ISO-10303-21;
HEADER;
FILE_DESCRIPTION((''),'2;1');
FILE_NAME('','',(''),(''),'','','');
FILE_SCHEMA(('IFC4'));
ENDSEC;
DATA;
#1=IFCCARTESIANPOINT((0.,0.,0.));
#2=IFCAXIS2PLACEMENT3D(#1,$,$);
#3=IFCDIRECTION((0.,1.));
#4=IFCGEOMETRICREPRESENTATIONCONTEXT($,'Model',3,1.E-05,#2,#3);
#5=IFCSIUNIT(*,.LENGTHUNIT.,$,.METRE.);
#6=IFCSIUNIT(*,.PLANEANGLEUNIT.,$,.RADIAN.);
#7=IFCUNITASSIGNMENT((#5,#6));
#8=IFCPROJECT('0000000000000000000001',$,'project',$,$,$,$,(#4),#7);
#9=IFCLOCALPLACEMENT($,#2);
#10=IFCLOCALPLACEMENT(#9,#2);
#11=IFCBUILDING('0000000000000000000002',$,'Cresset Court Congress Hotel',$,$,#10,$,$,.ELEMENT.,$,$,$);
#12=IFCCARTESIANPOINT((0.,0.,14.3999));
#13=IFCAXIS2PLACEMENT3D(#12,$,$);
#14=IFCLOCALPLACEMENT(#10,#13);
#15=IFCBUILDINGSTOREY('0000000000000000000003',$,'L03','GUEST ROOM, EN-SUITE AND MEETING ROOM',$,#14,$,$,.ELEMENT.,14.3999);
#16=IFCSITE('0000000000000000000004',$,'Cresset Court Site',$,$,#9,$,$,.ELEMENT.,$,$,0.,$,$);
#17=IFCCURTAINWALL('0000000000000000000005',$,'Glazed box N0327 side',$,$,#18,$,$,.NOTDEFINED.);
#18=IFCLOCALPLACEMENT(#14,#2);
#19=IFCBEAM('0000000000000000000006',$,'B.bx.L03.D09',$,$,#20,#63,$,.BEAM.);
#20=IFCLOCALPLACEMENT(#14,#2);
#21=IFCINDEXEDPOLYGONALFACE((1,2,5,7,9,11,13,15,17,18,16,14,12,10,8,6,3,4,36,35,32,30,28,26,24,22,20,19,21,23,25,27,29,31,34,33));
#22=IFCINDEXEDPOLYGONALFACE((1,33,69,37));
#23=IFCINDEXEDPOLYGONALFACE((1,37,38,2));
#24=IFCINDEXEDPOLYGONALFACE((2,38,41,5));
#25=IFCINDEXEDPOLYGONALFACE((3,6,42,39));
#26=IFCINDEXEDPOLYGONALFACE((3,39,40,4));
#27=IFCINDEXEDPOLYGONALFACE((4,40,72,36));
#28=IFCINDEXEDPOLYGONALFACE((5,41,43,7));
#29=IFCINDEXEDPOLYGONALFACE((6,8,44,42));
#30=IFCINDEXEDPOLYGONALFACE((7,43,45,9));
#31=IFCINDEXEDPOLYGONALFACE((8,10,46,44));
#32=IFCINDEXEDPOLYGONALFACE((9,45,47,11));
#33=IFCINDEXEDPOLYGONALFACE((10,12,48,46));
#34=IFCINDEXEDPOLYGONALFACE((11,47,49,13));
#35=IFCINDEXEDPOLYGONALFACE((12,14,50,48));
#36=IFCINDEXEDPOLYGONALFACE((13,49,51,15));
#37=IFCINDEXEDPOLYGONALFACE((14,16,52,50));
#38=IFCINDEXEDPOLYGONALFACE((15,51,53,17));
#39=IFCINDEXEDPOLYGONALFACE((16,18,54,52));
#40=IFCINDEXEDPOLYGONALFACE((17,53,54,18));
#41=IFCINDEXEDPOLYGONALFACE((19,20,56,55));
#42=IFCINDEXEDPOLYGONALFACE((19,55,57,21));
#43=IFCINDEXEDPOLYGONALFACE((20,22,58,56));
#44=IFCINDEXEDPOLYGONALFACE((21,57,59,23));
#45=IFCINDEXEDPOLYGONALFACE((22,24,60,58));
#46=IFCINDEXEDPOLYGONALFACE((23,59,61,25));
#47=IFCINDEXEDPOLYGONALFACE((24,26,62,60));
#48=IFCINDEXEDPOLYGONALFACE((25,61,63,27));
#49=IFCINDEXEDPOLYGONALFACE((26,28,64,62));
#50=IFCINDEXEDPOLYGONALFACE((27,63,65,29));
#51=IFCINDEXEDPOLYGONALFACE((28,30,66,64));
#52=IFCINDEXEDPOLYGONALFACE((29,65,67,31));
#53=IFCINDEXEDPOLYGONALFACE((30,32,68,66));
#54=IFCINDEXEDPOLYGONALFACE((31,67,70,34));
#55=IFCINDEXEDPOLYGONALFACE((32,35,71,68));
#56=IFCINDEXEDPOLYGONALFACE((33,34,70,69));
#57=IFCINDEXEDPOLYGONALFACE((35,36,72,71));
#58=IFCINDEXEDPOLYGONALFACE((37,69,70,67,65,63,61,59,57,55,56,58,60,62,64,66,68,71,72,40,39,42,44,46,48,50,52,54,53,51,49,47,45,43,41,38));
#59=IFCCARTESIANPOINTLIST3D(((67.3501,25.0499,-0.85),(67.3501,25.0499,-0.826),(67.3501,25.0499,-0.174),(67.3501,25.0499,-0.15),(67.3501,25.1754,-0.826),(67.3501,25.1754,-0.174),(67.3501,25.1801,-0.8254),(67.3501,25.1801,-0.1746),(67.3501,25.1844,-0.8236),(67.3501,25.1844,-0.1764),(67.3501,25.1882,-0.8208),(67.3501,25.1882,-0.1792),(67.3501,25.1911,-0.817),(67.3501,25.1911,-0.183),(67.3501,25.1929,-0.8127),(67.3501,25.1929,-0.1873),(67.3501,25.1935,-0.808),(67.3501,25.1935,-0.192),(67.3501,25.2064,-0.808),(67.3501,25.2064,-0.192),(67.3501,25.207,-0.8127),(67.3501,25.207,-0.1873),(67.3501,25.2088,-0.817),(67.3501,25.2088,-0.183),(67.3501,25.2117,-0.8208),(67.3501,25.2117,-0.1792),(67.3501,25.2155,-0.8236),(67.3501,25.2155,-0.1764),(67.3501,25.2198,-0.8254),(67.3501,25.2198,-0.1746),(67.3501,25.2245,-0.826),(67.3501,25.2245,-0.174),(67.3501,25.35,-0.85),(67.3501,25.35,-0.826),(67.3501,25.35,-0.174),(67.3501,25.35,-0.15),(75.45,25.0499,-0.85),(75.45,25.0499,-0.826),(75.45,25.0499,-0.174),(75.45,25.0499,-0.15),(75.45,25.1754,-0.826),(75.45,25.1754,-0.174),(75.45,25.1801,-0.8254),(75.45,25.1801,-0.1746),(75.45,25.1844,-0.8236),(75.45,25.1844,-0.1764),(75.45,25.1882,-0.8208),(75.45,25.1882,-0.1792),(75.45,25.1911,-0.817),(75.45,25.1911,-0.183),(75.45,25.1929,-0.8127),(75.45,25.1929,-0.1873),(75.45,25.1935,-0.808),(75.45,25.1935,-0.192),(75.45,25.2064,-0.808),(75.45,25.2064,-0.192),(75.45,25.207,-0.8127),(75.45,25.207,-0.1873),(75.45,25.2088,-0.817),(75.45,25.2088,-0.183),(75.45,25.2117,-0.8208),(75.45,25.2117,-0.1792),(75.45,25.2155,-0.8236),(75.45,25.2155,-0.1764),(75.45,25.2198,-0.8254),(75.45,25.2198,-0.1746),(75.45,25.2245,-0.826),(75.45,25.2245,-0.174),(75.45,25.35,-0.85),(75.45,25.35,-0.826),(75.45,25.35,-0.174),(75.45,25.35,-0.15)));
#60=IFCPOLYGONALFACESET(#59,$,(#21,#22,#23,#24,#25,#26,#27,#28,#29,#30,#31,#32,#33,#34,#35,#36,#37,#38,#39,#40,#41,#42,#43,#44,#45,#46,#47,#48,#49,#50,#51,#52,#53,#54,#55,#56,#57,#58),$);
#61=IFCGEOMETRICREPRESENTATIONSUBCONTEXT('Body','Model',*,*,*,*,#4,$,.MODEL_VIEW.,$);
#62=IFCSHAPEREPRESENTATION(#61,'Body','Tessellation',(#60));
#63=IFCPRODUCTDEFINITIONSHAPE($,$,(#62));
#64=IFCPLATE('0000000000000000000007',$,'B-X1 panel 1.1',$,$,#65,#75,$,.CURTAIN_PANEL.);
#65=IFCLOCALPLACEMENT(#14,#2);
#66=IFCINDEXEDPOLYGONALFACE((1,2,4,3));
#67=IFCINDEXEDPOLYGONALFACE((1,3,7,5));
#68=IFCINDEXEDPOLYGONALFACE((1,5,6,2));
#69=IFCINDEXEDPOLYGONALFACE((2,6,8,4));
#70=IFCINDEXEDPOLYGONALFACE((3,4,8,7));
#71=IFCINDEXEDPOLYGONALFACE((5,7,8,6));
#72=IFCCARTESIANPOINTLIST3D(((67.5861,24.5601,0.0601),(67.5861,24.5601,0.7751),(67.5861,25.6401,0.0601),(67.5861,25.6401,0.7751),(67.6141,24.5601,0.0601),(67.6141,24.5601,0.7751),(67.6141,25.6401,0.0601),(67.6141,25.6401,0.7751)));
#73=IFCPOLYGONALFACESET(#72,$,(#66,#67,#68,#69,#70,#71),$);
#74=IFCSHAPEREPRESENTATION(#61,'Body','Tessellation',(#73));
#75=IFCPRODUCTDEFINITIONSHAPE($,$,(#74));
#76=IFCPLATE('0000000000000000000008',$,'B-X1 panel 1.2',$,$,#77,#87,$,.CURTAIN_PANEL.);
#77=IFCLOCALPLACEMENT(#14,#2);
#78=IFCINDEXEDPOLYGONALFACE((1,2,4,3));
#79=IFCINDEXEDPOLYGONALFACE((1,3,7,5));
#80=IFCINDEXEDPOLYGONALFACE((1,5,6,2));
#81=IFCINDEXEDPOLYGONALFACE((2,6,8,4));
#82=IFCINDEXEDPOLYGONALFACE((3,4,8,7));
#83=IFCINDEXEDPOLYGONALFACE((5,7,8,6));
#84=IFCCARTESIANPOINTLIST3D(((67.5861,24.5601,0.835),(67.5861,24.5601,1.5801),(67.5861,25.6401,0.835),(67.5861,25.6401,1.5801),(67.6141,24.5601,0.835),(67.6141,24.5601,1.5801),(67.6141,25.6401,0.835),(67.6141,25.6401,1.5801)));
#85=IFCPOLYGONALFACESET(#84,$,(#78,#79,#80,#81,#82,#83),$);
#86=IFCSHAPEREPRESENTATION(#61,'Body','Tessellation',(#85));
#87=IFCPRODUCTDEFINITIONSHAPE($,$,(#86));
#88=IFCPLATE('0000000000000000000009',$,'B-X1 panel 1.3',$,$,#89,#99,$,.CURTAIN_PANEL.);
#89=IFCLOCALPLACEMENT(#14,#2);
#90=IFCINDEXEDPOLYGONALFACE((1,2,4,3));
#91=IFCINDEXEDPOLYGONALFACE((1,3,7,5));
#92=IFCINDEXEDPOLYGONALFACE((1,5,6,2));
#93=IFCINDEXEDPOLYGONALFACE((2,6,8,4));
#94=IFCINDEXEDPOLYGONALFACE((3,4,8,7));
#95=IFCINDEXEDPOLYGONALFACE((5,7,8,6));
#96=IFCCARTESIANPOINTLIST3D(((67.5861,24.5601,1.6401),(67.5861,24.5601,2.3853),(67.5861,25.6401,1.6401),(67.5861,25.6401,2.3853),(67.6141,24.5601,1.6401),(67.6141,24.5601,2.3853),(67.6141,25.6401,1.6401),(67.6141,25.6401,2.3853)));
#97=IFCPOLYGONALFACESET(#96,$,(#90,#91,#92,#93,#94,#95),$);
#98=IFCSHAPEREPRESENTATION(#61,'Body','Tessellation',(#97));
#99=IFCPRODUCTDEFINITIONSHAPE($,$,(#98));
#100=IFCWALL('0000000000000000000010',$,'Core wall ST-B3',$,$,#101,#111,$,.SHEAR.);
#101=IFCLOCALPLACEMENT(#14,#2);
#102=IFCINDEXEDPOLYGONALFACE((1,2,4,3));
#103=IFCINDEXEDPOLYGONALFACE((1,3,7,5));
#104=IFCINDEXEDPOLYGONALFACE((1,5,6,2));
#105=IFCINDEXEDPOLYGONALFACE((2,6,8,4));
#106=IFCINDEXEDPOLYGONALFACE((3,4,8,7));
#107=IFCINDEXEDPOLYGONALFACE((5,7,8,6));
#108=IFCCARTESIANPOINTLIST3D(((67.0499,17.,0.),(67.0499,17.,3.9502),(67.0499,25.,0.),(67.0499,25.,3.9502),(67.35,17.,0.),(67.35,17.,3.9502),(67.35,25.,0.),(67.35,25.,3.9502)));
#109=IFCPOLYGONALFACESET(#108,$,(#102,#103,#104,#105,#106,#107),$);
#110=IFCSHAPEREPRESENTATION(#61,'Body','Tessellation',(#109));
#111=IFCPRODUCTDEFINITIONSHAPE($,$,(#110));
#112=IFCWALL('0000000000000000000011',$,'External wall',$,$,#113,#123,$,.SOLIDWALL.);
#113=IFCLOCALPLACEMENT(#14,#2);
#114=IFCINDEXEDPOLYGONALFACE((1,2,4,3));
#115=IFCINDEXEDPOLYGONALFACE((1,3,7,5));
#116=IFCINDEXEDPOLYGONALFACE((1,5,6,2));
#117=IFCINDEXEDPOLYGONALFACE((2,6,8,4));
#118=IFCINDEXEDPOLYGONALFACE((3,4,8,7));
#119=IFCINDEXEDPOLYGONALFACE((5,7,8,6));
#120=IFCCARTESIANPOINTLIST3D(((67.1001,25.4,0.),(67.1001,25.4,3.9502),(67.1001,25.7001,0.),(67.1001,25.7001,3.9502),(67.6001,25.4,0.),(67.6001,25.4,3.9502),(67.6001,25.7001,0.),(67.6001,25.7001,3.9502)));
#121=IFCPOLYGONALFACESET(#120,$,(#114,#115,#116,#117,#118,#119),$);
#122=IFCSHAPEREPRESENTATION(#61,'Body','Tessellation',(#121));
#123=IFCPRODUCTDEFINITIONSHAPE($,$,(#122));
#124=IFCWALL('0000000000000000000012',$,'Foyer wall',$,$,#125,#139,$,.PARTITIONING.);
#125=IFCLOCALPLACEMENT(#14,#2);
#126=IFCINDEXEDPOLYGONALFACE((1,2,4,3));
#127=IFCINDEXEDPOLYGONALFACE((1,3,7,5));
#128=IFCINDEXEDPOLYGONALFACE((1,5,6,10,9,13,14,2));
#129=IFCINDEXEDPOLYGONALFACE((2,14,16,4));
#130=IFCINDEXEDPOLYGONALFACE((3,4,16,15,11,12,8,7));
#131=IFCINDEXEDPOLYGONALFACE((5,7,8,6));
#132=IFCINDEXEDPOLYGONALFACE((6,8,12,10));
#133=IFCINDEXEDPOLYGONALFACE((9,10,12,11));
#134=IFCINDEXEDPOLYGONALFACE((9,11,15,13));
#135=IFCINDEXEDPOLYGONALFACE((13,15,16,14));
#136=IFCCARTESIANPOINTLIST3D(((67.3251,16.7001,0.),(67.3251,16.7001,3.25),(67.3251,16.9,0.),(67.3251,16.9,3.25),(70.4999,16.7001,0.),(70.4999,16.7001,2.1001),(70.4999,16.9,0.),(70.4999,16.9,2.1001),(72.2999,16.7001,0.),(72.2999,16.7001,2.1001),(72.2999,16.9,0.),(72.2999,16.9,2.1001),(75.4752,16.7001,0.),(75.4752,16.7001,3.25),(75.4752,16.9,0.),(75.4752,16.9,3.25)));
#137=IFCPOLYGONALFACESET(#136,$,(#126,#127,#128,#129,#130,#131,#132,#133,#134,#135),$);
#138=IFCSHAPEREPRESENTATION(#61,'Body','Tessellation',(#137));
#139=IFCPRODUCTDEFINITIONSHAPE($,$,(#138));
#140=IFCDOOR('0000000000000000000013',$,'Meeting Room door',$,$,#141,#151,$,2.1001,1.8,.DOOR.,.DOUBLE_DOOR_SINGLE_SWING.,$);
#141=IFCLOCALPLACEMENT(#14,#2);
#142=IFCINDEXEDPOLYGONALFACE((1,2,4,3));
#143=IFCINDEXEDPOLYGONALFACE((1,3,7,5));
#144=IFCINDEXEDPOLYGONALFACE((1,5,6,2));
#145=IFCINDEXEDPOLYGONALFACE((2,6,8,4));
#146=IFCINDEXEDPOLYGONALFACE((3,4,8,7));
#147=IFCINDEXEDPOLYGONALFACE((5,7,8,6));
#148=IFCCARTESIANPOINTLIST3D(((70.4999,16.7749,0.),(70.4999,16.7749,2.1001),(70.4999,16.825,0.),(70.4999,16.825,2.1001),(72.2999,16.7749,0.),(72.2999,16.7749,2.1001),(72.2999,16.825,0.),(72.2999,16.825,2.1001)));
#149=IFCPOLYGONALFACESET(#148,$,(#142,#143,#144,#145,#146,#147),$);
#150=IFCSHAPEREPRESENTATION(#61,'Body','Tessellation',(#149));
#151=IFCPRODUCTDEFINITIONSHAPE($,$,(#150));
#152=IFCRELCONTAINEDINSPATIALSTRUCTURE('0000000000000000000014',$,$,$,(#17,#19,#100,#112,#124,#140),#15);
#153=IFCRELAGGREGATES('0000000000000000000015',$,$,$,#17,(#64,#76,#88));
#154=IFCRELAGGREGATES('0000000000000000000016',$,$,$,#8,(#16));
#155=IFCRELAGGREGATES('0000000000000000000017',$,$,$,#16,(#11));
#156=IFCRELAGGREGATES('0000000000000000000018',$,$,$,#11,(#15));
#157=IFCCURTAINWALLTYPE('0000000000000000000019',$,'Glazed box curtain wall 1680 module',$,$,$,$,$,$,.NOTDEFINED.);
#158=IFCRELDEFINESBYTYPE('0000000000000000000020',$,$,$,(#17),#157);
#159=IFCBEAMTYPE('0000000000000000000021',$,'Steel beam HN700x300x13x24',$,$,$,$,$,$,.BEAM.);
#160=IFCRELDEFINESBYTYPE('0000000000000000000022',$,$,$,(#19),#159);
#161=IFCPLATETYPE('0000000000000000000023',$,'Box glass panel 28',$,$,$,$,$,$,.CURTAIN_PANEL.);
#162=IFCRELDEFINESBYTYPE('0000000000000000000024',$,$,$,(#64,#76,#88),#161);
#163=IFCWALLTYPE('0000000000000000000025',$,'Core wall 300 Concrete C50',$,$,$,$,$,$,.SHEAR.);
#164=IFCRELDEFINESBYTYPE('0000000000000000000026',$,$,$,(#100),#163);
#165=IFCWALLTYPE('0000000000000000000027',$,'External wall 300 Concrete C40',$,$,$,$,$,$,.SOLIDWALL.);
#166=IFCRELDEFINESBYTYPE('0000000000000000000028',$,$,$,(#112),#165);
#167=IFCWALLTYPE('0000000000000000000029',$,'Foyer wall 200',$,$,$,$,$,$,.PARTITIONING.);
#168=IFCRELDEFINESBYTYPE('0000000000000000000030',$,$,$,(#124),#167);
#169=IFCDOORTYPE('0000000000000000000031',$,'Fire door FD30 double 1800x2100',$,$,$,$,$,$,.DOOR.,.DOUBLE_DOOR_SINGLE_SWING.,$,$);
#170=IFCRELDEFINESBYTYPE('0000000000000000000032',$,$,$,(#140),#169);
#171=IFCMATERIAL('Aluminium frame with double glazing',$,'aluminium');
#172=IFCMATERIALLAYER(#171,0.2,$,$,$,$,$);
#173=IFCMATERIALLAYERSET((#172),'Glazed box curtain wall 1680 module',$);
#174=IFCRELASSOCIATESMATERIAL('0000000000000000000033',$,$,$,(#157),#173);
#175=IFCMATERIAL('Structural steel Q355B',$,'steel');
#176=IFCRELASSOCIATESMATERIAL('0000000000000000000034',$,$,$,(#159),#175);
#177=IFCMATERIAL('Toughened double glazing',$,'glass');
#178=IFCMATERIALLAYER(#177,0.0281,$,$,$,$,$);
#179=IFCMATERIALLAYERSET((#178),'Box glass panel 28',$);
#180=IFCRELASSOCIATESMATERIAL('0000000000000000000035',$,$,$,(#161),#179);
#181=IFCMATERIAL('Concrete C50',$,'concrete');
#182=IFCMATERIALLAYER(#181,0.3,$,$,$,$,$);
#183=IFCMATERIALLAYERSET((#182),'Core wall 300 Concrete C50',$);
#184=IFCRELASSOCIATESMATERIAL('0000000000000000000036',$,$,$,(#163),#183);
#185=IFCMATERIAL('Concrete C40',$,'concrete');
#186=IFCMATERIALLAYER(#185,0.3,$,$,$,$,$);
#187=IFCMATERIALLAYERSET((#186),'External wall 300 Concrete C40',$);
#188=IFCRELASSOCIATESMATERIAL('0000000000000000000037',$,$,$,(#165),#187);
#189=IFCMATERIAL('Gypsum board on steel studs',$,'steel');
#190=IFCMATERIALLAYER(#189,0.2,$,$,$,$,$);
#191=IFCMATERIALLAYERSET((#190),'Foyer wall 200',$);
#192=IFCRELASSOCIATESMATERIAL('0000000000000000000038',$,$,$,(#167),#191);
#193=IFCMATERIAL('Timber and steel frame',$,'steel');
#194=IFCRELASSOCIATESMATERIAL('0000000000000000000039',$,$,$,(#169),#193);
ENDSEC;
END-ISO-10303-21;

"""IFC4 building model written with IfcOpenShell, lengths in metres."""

from ifc_helpers import new_model, si_unit, direction, frame, frame_2d, origin, origin_2d, place, context, subcontext, project, spatial, rectangle, i_section, extrude, material, layer, layer_set, material_profile, profile_set, type_object, element, fill, aggregate, save


model = new_model("IFC4")

# Units and contexts
model_context = context("Model", 3, precision=1e-05, world=origin(), true_north=direction((0.0, 1.0)))
body_context = subcontext(model_context, "Body", "Model", "MODEL_VIEW")
ifc_project = project(units=[si_unit("LENGTHUNIT", "METRE"), si_unit("PLANEANGLEUNIT", "RADIAN")], contexts=[model_context])

# Site, building, storey
site_placement = place(None, origin())
site = spatial("IfcSite", under=ifc_project, at=site_placement, Name="Cresset Court Site", CompositionType="ELEMENT", RefElevation=0.0)
building_placement = place(site_placement, origin())
building = spatial("IfcBuilding", under=site, at=building_placement, Name="Cresset Court Congress Hotel", CompositionType="ELEMENT")
storey_placement = place(building_placement, frame((0.0, 0.0, 14.3999)))
storey = spatial("IfcBuildingStorey", under=building, at=storey_placement, Name="L03", Description="GUEST ROOM, EN-SUITE AND MEETING ROOM", CompositionType="ELEMENT", Elevation=14.3999)

# Curtain wall
ifc_material_1 = material(Name="Aluminium frame with double glazing", Category="aluminium")
ifc_layer_1 = layer(ifc_material_1, 0.2)
ifc_layer_set_1 = layer_set([ifc_layer_1], Name="Glazed box curtain wall 1680 module")
curtain_wall_type = type_object("IfcCurtainWallType", Name="Glazed box curtain wall 1680 module", PredefinedType="NOTDEFINED", material=ifc_layer_set_1)
curtain_wall_placement = place(storey_placement, origin())
curtain_wall = element("IfcCurtainWall", 1, at=curtain_wall_placement, inside=storey, type_object=curtain_wall_type, Name="Glazed box N0327 side", PredefinedType="NOTDEFINED")

# Beam
ifc_material_2 = material(Name="Structural steel Q355B", Category="steel")
ifc_material_profile_1 = material_profile(ifc_material_2, i_section(OverallWidth=0.3, OverallDepth=0.7, WebThickness=0.0129, FlangeThickness=0.0239, FilletRadius=0.0181, at=origin_2d()), Name="HN700x300x13x24")
ifc_profile_set_1 = profile_set([ifc_material_profile_1], Name="Structural steel Q355B")
beam_type = type_object("IfcBeamType", Name="Steel beam HN700x300x13x24", PredefinedType="BEAM", material=ifc_profile_set_1)
for number, where, z_axis, x_axis, name in (
    (2, (67.3501, 25.2, -0.5), (1.0, 0.0, 0.0), (0.0, 1.0, 0.0), "B.bx.L03.D09"),
):
    element("IfcBeam", number, at=place(storey_placement, frame(where, z_axis=z_axis, x_axis=x_axis)), inside=storey, type_object=beam_type, Name=name, PredefinedType="BEAM", context=body_context, shape_type="SweptSolid", body=[
        extrude(i_section(OverallWidth=0.3, OverallDepth=0.7, WebThickness=0.0129, FlangeThickness=0.0239, FilletRadius=0.0181, at=origin_2d()), origin(), (0.0, 0.0, 1.0), 8.0999),
    ])

# Plates
ifc_material_3 = material(Name="Toughened double glazing", Category="glass")
ifc_layer_2 = layer(ifc_material_3, 0.0281)
ifc_layer_set_2 = layer_set([ifc_layer_2], Name="Box glass panel 28")
plate_type = type_object("IfcPlateType", Name="Box glass panel 28", PredefinedType="CURTAIN_PANEL", material=ifc_layer_set_2)
plate_1_placement = place(storey_placement, frame((67.6001, 25.1001, 0.0601), z_axis=(0.0, 0.0, 1.0), x_axis=(0.0, -1.0, 0.0)))
plate_1 = element("IfcPlate", 3, at=plate_1_placement, type_object=plate_type, Name="B-X1 panel 1.1", PredefinedType="CURTAIN_PANEL", context=body_context, shape_type="SweptSolid", body=[
    extrude(rectangle(XDim=1.0801, YDim=0.0281, at=origin_2d()), origin(), (0.0, 0.0, 1.0), 0.7151),
])
plate_2_placement = place(storey_placement, frame((67.6001, 25.1001, 0.835), z_axis=(0.0, 0.0, 1.0), x_axis=(0.0, -1.0, 0.0)))
plate_2 = element("IfcPlate", 4, at=plate_2_placement, type_object=plate_type, Name="B-X1 panel 1.2", PredefinedType="CURTAIN_PANEL", context=body_context, shape_type="SweptSolid", body=[
    extrude(rectangle(XDim=1.0801, YDim=0.0281, at=origin_2d()), origin(), (0.0, 0.0, 1.0), 0.7451),
])
plate_3_placement = place(storey_placement, frame((67.6001, 25.1001, 1.6401), z_axis=(0.0, 0.0, 1.0), x_axis=(0.0, -1.0, 0.0)))
plate_3 = element("IfcPlate", 5, at=plate_3_placement, type_object=plate_type, Name="B-X1 panel 1.3", PredefinedType="CURTAIN_PANEL", context=body_context, shape_type="SweptSolid", body=[
    extrude(rectangle(XDim=1.0801, YDim=0.0281, at=origin_2d()), origin(), (0.0, 0.0, 1.0), 0.7451),
])
aggregate(curtain_wall, [plate_1, plate_2, plate_3])

# Walls
ifc_material_4 = material(Name="Concrete C50", Category="concrete")
ifc_layer_3 = layer(ifc_material_4, 0.3)
ifc_layer_set_3 = layer_set([ifc_layer_3], Name="Core wall 300 Concrete C50")
wall_type_1 = type_object("IfcWallType", Name="Core wall 300 Concrete C50", PredefinedType="SHEAR", material=ifc_layer_set_3)
wall_1_placement = place(storey_placement, frame((67.2, 17.0, 0.0), z_axis=(0.0, 0.0, 1.0), x_axis=(0.0, 1.0, 0.0)))
element("IfcWall", 6, at=wall_1_placement, inside=storey, type_object=wall_type_1, Name="Core wall ST-B3", PredefinedType="SHEAR", context=body_context, shape_type="SweptSolid", body=[
    extrude(rectangle(XDim=8.0, YDim=0.3, at=frame_2d((4.0, 0.0))), origin(), (0.0, 0.0, 1.0), 3.9502),
])
ifc_material_5 = material(Name="Concrete C40", Category="concrete")
ifc_layer_4 = layer(ifc_material_5, 0.3)
ifc_layer_set_4 = layer_set([ifc_layer_4], Name="External wall 300 Concrete C40")
wall_type_2 = type_object("IfcWallType", Name="External wall 300 Concrete C40", PredefinedType="SOLIDWALL", material=ifc_layer_set_4)
wall_2_placement = place(storey_placement, frame((67.1001, 25.55, 0.0), z_axis=(0.0, 0.0, 1.0), x_axis=(1.0, 0.0, 0.0)))
element("IfcWall", 7, at=wall_2_placement, inside=storey, type_object=wall_type_2, Name="External wall", PredefinedType="SOLIDWALL", context=body_context, shape_type="SweptSolid", body=[
    extrude(rectangle(XDim=0.5, YDim=0.3, at=frame_2d((0.25, 0.0))), origin(), (0.0, 0.0, 1.0), 3.9502),
])

# Wall, opening, door
ifc_material_6 = material(Name="Gypsum board on steel studs", Category="steel")
ifc_layer_5 = layer(ifc_material_6, 0.2)
ifc_layer_set_5 = layer_set([ifc_layer_5], Name="Foyer wall 200")
wall_type_3 = type_object("IfcWallType", Name="Foyer wall 200", PredefinedType="PARTITIONING", material=ifc_layer_set_5)
wall_3_placement = place(storey_placement, frame((67.325, 16.8, 0.0), z_axis=(0.0, 0.0, 1.0), x_axis=(1.0, 0.0, 0.0)))
wall_3 = element("IfcWall", 8, at=wall_3_placement, inside=storey, type_object=wall_type_3, Name="Foyer wall", PredefinedType="PARTITIONING", context=body_context, shape_type="SweptSolid", body=[
    extrude(rectangle(XDim=8.1501, YDim=0.2, at=frame_2d((4.0752, 0.0))), origin(), (0.0, 0.0, 1.0), 3.25),
])
opening_placement = place(wall_3_placement, frame((3.175, 0.0, 0.0)))
opening = element("IfcOpeningElement", 9, at=opening_placement, cuts=wall_3, PredefinedType="OPENING", context=body_context, shape_type="SweptSolid", body=[
    extrude(rectangle(XDim=1.8, YDim=2.1001, at=frame_2d((0.8999, 1.05))), frame((0.0, 0.1099, 0.0), z_axis=(0.0, -1.0, 0.0), x_axis=(1.0, 0.0, 0.0)), (0.0, 0.0, 1.0), 0.22),
])
ifc_material_7 = material(Name="Timber and steel frame", Category="steel")
door_type = type_object("IfcDoorType", Name="Fire door FD30 double 1800x2100", OperationType="DOUBLE_DOOR_SINGLE_SWING", PredefinedType="DOOR", material=ifc_material_7)
door_placement = place(opening_placement, origin())
door = element("IfcDoor", 10, at=door_placement, inside=storey, type_object=door_type, Name="Meeting Room door", OperationType="DOUBLE_DOOR_SINGLE_SWING", OverallHeight=2.1001, OverallWidth=1.8, PredefinedType="DOOR", context=body_context, shape_type="SweptSolid", body=[
    extrude(rectangle(XDim=1.8, YDim=2.1001, at=frame_2d((0.8999, 1.05))), frame((0.0, 0.0249, 0.0), z_axis=(0.0, -1.0, 0.0), x_axis=(1.0, 0.0, 0.0)), (0.0, 0.0, 1.0), 0.05),
])
fill(opening, door)

save(model, "model.ifc")
